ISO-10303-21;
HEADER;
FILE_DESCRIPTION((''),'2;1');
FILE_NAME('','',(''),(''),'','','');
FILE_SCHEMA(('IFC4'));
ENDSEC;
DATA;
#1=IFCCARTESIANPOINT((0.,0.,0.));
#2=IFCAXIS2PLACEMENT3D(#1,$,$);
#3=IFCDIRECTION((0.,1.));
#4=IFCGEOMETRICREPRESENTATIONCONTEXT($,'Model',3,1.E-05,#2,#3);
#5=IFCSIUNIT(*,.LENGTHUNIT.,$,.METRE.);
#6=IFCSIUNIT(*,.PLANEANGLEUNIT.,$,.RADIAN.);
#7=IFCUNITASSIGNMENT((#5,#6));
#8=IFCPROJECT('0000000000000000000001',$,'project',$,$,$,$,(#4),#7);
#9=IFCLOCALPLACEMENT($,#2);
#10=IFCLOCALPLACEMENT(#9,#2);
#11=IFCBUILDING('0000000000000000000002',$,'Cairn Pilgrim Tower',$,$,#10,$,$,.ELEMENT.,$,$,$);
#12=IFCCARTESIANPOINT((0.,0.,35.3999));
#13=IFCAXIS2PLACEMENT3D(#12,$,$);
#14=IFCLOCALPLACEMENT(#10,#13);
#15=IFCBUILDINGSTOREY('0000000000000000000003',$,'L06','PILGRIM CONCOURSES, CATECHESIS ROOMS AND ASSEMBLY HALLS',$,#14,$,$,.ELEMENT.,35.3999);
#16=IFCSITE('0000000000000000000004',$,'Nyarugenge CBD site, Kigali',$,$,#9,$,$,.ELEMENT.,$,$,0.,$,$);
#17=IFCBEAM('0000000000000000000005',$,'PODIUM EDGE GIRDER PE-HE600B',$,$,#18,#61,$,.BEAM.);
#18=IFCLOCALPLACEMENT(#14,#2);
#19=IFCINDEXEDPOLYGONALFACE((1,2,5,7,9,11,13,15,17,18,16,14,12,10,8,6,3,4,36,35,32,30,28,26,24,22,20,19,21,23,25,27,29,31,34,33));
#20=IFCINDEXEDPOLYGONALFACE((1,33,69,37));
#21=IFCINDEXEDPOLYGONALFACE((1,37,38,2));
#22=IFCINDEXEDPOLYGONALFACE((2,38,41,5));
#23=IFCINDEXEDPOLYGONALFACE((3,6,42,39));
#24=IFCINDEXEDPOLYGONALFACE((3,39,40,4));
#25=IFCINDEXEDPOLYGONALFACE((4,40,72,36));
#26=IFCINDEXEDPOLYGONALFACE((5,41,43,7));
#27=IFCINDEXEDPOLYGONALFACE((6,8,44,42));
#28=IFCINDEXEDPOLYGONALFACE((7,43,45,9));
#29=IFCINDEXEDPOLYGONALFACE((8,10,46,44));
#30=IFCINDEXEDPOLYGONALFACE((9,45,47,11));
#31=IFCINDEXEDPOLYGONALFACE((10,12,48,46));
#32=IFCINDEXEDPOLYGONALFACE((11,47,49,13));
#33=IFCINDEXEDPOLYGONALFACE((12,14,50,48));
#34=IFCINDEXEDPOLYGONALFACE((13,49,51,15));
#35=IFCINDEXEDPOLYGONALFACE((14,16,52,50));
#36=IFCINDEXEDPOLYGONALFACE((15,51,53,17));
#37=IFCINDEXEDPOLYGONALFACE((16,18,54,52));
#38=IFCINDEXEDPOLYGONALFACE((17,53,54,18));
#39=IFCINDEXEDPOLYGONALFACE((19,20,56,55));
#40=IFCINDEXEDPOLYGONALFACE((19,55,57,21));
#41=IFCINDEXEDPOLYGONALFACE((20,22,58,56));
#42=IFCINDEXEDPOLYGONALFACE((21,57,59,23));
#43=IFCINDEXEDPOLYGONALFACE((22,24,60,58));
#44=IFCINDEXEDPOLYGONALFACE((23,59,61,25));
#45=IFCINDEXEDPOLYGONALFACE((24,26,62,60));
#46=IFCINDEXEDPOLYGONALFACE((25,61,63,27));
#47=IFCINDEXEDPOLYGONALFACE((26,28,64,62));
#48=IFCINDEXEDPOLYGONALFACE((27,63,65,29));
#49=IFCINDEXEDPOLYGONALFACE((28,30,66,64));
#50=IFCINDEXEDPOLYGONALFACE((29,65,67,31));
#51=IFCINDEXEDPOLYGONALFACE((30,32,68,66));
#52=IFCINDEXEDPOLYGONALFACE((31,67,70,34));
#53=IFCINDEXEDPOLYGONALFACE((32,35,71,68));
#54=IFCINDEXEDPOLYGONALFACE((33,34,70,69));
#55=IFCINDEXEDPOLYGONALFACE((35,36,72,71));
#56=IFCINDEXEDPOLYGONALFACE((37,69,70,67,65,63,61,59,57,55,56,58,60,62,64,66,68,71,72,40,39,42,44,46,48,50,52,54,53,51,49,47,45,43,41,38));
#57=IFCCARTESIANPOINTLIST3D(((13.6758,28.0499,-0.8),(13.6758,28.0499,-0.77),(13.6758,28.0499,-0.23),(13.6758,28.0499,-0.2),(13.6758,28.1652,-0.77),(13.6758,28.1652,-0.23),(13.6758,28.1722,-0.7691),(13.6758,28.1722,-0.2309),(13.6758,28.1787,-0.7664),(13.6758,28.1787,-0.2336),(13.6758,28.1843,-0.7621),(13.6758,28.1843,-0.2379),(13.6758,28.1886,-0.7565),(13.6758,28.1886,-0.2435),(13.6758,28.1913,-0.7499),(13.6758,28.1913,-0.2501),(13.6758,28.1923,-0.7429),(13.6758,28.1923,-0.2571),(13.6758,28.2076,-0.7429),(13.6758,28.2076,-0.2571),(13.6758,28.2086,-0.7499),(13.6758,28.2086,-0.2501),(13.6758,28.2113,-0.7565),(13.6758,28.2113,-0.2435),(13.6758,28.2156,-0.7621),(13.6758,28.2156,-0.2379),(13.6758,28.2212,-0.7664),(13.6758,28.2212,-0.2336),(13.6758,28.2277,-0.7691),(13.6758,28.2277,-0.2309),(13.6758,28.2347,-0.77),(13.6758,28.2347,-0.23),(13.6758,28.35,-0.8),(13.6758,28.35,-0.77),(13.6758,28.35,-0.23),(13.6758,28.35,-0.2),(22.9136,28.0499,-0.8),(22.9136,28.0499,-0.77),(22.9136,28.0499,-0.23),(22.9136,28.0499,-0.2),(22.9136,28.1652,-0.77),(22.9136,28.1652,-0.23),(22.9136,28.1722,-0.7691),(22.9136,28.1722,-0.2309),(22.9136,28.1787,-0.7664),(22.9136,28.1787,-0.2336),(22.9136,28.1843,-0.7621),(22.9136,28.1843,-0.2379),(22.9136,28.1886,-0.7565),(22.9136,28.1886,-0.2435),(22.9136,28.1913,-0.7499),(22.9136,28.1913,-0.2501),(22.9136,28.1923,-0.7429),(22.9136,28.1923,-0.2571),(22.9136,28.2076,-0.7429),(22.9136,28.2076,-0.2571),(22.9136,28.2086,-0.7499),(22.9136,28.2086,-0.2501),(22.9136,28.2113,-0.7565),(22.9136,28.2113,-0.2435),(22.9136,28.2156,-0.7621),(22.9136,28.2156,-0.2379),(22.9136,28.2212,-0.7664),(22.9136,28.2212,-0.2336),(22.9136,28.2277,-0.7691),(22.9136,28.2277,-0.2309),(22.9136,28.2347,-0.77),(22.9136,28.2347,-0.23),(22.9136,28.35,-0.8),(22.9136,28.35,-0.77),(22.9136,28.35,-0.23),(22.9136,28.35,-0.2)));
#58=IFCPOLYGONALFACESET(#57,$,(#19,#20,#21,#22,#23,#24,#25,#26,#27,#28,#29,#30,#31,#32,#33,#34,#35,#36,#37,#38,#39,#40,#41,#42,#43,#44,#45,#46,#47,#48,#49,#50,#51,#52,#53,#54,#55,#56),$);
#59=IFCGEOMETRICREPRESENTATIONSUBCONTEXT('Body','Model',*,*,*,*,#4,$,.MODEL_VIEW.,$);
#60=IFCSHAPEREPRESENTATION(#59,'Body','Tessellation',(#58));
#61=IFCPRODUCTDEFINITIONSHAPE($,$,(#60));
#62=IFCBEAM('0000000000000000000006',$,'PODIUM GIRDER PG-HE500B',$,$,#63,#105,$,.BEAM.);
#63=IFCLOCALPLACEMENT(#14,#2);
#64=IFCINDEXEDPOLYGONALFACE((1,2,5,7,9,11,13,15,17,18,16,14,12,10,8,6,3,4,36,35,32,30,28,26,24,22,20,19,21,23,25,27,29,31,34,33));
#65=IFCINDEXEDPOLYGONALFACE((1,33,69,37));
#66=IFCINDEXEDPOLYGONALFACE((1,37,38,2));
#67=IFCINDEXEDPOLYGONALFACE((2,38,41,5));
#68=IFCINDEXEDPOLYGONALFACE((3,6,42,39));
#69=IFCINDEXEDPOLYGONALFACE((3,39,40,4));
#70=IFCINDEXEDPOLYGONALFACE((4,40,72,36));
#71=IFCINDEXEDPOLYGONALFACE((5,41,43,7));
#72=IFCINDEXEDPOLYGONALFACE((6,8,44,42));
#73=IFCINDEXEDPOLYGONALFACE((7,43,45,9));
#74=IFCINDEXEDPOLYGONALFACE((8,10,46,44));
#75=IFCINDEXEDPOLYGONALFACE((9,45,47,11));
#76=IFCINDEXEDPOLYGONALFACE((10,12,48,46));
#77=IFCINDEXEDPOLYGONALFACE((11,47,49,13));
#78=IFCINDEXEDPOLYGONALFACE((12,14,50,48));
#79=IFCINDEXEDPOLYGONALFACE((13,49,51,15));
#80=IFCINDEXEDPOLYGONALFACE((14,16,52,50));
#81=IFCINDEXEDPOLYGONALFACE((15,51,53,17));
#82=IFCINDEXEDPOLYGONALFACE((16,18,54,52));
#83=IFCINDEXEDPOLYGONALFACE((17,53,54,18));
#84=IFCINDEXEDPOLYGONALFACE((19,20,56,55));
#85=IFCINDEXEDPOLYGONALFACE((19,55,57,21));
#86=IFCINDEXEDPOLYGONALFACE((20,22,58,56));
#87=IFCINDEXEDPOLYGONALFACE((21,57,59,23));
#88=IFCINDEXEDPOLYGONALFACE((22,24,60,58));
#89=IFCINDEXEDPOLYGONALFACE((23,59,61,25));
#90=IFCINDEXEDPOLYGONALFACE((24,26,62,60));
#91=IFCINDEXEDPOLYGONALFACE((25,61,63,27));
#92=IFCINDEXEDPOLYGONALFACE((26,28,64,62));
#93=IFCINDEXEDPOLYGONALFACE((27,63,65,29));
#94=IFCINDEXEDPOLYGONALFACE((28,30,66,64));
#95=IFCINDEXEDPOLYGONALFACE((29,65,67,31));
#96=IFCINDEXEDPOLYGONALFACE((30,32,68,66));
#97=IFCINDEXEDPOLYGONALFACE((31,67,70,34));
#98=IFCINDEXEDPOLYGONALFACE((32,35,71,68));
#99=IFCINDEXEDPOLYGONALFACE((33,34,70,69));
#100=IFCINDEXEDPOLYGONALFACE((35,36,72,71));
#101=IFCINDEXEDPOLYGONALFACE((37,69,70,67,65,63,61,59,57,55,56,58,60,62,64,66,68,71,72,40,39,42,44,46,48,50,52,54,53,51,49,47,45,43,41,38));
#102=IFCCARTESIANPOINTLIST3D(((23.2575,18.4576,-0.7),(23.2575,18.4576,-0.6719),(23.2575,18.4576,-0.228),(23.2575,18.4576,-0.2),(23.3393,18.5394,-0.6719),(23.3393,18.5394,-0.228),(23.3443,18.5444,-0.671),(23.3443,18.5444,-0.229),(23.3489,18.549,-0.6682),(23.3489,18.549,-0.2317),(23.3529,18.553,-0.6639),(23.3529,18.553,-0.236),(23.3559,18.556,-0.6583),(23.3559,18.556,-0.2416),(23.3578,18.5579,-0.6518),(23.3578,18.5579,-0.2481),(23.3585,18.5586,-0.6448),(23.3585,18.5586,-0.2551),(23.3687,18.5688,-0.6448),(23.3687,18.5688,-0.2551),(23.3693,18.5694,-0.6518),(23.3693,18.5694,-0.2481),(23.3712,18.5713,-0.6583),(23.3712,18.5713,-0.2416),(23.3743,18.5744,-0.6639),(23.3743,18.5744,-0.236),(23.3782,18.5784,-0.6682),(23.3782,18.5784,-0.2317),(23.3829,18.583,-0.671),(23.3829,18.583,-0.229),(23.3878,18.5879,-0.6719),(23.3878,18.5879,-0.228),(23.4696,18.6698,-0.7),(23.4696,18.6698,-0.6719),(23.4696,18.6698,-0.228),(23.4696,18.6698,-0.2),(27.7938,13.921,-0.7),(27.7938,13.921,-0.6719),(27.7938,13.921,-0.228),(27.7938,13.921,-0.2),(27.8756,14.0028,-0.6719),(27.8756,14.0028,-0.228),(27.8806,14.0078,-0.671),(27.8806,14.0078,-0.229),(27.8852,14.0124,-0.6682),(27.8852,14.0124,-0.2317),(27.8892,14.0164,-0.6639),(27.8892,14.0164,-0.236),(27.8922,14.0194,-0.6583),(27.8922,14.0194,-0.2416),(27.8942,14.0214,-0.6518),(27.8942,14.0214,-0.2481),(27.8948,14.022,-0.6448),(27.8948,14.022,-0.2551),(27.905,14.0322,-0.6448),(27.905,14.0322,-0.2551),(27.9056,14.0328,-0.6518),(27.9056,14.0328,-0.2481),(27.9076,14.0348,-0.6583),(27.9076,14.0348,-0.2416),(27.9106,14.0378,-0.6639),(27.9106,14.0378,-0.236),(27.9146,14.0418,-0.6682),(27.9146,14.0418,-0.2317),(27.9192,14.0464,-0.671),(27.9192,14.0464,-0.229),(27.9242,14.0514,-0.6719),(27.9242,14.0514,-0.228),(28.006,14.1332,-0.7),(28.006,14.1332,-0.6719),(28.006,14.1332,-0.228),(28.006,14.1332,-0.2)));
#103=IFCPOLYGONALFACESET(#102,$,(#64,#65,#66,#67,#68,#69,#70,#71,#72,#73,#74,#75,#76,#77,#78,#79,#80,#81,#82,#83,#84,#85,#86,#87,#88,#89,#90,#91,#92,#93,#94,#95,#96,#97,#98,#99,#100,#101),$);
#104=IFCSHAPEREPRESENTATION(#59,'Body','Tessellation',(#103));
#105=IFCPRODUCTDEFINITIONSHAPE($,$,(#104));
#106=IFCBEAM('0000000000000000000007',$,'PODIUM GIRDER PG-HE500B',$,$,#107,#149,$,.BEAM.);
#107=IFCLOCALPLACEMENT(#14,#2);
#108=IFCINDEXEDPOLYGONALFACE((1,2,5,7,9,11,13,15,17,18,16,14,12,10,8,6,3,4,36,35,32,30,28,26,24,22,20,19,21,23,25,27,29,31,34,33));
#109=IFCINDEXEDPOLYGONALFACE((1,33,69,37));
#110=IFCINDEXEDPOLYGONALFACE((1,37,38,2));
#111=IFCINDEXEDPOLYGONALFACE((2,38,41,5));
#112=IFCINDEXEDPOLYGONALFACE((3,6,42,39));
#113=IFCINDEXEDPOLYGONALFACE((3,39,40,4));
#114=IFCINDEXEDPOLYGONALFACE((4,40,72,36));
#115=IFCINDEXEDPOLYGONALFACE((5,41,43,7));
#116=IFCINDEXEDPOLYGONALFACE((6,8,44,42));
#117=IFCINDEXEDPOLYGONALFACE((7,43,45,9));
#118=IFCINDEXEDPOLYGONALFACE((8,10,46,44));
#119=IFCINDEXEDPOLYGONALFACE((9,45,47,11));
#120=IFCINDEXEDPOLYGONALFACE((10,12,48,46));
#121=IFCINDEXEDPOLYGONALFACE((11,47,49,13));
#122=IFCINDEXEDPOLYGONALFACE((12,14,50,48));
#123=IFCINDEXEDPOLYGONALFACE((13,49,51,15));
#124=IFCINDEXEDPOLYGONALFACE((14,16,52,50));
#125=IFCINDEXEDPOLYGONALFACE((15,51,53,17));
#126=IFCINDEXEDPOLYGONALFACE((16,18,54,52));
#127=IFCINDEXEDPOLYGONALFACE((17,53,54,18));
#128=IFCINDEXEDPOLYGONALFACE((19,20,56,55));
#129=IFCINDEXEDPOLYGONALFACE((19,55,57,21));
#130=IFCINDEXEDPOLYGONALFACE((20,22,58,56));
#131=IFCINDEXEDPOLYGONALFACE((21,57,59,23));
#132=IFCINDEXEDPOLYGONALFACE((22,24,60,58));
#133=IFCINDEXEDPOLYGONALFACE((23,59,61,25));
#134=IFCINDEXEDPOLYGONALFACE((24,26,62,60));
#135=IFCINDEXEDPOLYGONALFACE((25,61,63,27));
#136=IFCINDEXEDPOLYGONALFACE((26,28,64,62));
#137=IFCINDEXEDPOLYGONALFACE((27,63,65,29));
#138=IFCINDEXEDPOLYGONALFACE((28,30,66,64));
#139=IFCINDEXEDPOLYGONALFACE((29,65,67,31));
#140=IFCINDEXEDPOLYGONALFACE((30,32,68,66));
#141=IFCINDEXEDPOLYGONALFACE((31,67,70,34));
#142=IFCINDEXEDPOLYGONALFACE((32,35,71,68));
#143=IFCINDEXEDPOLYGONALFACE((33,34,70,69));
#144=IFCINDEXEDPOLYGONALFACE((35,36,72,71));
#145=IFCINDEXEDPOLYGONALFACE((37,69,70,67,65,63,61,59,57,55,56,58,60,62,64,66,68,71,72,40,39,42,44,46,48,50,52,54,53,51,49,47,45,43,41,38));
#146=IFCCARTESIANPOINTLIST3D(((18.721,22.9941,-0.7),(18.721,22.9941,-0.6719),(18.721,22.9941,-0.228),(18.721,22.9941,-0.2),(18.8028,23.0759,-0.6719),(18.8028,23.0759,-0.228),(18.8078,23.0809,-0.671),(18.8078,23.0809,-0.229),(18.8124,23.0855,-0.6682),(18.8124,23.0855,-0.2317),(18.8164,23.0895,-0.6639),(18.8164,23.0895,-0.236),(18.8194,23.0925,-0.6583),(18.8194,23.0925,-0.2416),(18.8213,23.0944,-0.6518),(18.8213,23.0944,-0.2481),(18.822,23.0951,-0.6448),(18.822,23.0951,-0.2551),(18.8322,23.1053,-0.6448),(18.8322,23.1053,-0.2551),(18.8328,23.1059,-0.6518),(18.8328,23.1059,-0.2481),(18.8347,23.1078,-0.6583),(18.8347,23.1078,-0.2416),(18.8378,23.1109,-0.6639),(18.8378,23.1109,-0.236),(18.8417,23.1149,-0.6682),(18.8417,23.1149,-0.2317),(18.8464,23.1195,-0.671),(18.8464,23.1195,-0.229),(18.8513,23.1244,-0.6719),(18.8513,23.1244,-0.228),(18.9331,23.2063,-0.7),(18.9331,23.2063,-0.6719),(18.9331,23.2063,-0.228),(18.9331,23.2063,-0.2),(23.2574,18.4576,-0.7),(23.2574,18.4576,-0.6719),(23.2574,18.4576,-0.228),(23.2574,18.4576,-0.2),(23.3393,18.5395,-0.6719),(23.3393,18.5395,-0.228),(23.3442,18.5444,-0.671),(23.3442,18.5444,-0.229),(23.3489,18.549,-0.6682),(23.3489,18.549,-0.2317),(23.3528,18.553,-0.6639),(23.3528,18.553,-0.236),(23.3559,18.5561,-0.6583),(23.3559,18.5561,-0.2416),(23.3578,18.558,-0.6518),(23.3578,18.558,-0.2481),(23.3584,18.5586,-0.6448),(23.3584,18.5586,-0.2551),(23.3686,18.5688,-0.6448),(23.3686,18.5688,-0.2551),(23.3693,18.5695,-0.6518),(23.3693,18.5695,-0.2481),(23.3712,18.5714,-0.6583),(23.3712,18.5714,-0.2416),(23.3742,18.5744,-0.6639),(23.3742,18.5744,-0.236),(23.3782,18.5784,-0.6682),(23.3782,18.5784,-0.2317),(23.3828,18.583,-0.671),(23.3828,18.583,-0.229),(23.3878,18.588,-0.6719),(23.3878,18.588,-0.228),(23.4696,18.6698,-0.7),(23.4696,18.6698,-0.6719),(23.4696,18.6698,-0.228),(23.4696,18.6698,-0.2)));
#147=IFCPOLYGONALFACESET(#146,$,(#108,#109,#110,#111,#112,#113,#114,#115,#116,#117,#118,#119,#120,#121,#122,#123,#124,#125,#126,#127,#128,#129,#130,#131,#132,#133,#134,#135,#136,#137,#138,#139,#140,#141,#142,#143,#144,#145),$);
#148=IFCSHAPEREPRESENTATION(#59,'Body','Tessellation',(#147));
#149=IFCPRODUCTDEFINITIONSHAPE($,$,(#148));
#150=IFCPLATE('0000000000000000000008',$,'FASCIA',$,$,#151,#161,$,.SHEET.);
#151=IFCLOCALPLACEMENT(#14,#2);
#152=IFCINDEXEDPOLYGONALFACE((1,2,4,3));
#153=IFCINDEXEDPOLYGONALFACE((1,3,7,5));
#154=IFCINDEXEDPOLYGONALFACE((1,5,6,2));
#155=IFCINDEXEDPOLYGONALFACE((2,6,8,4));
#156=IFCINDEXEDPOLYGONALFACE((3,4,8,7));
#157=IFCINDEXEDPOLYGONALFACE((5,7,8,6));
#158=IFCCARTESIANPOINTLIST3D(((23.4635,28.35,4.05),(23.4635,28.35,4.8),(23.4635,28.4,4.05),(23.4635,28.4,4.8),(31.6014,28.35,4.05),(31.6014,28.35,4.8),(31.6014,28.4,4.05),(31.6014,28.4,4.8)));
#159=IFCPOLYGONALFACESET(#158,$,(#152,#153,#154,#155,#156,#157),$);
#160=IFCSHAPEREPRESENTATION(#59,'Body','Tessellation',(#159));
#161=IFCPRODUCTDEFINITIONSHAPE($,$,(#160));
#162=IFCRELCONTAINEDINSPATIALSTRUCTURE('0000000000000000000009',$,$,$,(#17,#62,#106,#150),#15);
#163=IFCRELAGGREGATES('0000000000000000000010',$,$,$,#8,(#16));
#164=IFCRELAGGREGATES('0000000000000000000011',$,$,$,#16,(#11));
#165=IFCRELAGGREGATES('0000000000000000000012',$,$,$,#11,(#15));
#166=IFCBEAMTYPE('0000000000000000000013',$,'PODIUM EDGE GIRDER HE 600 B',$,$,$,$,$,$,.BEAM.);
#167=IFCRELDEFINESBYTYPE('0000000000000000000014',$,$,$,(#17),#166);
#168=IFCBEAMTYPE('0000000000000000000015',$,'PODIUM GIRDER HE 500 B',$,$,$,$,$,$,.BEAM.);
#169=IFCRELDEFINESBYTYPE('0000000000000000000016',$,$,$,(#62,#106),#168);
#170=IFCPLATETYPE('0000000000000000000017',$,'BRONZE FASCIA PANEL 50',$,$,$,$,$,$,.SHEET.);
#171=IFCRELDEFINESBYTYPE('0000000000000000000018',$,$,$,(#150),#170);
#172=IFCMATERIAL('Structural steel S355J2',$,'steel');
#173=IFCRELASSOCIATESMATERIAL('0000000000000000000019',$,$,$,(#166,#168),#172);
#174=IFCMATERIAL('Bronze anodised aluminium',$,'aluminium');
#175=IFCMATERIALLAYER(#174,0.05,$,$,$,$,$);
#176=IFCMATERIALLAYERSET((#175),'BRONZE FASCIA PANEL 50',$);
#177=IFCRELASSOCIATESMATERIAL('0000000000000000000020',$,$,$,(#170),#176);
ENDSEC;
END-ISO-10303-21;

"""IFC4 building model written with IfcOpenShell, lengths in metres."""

from ifc_helpers import new_model, si_unit, direction, frame, origin, origin_2d, place, context, subcontext, project, spatial, rectangle, i_section, extrude, material, layer, layer_set, material_profile, profile_set, type_object, element, save


model = new_model("IFC4")

# Units and contexts
model_context = context("Model", 3, precision=1e-05, world=origin(), true_north=direction((0.0, 1.0)))
body_context = subcontext(model_context, "Body", "Model", "MODEL_VIEW")
ifc_project = project(units=[si_unit("LENGTHUNIT", "METRE"), si_unit("PLANEANGLEUNIT", "RADIAN")], contexts=[model_context])

# Site, building, storey
site_placement = place(None, origin())
site = spatial("IfcSite", under=ifc_project, at=site_placement, Name="Nyarugenge CBD site, Kigali", CompositionType="ELEMENT", RefElevation=0.0)
building_placement = place(site_placement, origin())
building = spatial("IfcBuilding", under=site, at=building_placement, Name="Cairn Pilgrim Tower", CompositionType="ELEMENT")
storey_placement = place(building_placement, frame((0.0, 0.0, 35.3999)))
storey = spatial("IfcBuildingStorey", under=building, at=storey_placement, Name="L06", Description="PILGRIM CONCOURSES, CATECHESIS ROOMS AND ASSEMBLY HALLS", CompositionType="ELEMENT", Elevation=35.3999)

# Beams
ifc_material_1 = material(Name="Structural steel S355J2", Category="steel")
ifc_material_profile_1 = material_profile(ifc_material_1, i_section(OverallWidth=0.3, OverallDepth=0.6001, WebThickness=0.0154, FlangeThickness=0.03, FilletRadius=0.0271, at=origin_2d()), Name="HEB 600")
ifc_profile_set_1 = profile_set([ifc_material_profile_1], Name="Structural steel S355J2")
beam_type_1 = type_object("IfcBeamType", Name="PODIUM EDGE GIRDER HE 600 B", PredefinedType="BEAM", material=ifc_profile_set_1)
beam_1_placement = place(storey_placement, frame((22.9136, 28.2, -0.5), z_axis=(-1.0, 0.0, 0.0), x_axis=(0.0, -1.0, 0.0)))
element("IfcBeam", 1, at=beam_1_placement, inside=storey, type_object=beam_type_1, Name="PODIUM EDGE GIRDER PE-HE600B", PredefinedType="BEAM", context=body_context, shape_type="SweptSolid", body=[
    extrude(i_section(OverallWidth=0.3, OverallDepth=0.6001, WebThickness=0.0154, FlangeThickness=0.03, FilletRadius=0.0271, at=origin_2d()), origin(), (0.0, 0.0, 1.0), 9.2378),
])
ifc_material_profile_2 = material_profile(ifc_material_1, i_section(OverallWidth=0.3, OverallDepth=0.5, WebThickness=0.0144, FlangeThickness=0.0281, FilletRadius=0.0271, at=origin_2d()), Name="HEB 500")
ifc_profile_set_2 = profile_set([ifc_material_profile_2], Name="Structural steel S355J2")
beam_type_2 = type_object("IfcBeamType", Name="PODIUM GIRDER HE 500 B", PredefinedType="BEAM", material=ifc_profile_set_2)
for number, where, z_axis, x_axis, name in (
    (2, (27.8999, 14.0271, -0.45), (-0.707088, 0.707126, 0.0), (-0.707126, -0.707088, 0.0), "PODIUM GIRDER PG-HE500B"),
    (3, (23.3635, 18.5637, -0.45), (-0.707107, 0.707107, 0.0), (-0.707107, -0.707107, 0.0), "PODIUM GIRDER PG-HE500B"),
):
    element("IfcBeam", number, at=place(storey_placement, frame(where, z_axis=z_axis, x_axis=x_axis)), inside=storey, type_object=beam_type_2, Name=name, PredefinedType="BEAM", context=body_context, shape_type="SweptSolid", body=[
        extrude(i_section(OverallWidth=0.3, OverallDepth=0.5, WebThickness=0.0144, FlangeThickness=0.0281, FilletRadius=0.0271, at=origin_2d()), origin(), (0.0, 0.0, 1.0), 6.4155),
    ])

# Plate
ifc_material_2 = material(Name="Bronze anodised aluminium", Category="aluminium")
ifc_layer_1 = layer(ifc_material_2, 0.05)
ifc_layer_set_1 = layer_set([ifc_layer_1], Name="BRONZE FASCIA PANEL 50")
plate_type = type_object("IfcPlateType", Name="BRONZE FASCIA PANEL 50", PredefinedType="SHEET", material=ifc_layer_set_1)
plate_placement = place(storey_placement, frame((27.5325, 28.375, 4.05), z_axis=(0.0, 0.0, 1.0), x_axis=(-1.0, 0.0, 0.0)))
element("IfcPlate", 4, at=plate_placement, inside=storey, type_object=plate_type, Name="FASCIA", PredefinedType="SHEET", context=body_context, shape_type="SweptSolid", body=[
    extrude(rectangle(XDim=8.1379, YDim=0.05, at=origin_2d()), origin(), (0.0, 0.0, 1.0), 0.75),
])

save(model, "model.ifc")
